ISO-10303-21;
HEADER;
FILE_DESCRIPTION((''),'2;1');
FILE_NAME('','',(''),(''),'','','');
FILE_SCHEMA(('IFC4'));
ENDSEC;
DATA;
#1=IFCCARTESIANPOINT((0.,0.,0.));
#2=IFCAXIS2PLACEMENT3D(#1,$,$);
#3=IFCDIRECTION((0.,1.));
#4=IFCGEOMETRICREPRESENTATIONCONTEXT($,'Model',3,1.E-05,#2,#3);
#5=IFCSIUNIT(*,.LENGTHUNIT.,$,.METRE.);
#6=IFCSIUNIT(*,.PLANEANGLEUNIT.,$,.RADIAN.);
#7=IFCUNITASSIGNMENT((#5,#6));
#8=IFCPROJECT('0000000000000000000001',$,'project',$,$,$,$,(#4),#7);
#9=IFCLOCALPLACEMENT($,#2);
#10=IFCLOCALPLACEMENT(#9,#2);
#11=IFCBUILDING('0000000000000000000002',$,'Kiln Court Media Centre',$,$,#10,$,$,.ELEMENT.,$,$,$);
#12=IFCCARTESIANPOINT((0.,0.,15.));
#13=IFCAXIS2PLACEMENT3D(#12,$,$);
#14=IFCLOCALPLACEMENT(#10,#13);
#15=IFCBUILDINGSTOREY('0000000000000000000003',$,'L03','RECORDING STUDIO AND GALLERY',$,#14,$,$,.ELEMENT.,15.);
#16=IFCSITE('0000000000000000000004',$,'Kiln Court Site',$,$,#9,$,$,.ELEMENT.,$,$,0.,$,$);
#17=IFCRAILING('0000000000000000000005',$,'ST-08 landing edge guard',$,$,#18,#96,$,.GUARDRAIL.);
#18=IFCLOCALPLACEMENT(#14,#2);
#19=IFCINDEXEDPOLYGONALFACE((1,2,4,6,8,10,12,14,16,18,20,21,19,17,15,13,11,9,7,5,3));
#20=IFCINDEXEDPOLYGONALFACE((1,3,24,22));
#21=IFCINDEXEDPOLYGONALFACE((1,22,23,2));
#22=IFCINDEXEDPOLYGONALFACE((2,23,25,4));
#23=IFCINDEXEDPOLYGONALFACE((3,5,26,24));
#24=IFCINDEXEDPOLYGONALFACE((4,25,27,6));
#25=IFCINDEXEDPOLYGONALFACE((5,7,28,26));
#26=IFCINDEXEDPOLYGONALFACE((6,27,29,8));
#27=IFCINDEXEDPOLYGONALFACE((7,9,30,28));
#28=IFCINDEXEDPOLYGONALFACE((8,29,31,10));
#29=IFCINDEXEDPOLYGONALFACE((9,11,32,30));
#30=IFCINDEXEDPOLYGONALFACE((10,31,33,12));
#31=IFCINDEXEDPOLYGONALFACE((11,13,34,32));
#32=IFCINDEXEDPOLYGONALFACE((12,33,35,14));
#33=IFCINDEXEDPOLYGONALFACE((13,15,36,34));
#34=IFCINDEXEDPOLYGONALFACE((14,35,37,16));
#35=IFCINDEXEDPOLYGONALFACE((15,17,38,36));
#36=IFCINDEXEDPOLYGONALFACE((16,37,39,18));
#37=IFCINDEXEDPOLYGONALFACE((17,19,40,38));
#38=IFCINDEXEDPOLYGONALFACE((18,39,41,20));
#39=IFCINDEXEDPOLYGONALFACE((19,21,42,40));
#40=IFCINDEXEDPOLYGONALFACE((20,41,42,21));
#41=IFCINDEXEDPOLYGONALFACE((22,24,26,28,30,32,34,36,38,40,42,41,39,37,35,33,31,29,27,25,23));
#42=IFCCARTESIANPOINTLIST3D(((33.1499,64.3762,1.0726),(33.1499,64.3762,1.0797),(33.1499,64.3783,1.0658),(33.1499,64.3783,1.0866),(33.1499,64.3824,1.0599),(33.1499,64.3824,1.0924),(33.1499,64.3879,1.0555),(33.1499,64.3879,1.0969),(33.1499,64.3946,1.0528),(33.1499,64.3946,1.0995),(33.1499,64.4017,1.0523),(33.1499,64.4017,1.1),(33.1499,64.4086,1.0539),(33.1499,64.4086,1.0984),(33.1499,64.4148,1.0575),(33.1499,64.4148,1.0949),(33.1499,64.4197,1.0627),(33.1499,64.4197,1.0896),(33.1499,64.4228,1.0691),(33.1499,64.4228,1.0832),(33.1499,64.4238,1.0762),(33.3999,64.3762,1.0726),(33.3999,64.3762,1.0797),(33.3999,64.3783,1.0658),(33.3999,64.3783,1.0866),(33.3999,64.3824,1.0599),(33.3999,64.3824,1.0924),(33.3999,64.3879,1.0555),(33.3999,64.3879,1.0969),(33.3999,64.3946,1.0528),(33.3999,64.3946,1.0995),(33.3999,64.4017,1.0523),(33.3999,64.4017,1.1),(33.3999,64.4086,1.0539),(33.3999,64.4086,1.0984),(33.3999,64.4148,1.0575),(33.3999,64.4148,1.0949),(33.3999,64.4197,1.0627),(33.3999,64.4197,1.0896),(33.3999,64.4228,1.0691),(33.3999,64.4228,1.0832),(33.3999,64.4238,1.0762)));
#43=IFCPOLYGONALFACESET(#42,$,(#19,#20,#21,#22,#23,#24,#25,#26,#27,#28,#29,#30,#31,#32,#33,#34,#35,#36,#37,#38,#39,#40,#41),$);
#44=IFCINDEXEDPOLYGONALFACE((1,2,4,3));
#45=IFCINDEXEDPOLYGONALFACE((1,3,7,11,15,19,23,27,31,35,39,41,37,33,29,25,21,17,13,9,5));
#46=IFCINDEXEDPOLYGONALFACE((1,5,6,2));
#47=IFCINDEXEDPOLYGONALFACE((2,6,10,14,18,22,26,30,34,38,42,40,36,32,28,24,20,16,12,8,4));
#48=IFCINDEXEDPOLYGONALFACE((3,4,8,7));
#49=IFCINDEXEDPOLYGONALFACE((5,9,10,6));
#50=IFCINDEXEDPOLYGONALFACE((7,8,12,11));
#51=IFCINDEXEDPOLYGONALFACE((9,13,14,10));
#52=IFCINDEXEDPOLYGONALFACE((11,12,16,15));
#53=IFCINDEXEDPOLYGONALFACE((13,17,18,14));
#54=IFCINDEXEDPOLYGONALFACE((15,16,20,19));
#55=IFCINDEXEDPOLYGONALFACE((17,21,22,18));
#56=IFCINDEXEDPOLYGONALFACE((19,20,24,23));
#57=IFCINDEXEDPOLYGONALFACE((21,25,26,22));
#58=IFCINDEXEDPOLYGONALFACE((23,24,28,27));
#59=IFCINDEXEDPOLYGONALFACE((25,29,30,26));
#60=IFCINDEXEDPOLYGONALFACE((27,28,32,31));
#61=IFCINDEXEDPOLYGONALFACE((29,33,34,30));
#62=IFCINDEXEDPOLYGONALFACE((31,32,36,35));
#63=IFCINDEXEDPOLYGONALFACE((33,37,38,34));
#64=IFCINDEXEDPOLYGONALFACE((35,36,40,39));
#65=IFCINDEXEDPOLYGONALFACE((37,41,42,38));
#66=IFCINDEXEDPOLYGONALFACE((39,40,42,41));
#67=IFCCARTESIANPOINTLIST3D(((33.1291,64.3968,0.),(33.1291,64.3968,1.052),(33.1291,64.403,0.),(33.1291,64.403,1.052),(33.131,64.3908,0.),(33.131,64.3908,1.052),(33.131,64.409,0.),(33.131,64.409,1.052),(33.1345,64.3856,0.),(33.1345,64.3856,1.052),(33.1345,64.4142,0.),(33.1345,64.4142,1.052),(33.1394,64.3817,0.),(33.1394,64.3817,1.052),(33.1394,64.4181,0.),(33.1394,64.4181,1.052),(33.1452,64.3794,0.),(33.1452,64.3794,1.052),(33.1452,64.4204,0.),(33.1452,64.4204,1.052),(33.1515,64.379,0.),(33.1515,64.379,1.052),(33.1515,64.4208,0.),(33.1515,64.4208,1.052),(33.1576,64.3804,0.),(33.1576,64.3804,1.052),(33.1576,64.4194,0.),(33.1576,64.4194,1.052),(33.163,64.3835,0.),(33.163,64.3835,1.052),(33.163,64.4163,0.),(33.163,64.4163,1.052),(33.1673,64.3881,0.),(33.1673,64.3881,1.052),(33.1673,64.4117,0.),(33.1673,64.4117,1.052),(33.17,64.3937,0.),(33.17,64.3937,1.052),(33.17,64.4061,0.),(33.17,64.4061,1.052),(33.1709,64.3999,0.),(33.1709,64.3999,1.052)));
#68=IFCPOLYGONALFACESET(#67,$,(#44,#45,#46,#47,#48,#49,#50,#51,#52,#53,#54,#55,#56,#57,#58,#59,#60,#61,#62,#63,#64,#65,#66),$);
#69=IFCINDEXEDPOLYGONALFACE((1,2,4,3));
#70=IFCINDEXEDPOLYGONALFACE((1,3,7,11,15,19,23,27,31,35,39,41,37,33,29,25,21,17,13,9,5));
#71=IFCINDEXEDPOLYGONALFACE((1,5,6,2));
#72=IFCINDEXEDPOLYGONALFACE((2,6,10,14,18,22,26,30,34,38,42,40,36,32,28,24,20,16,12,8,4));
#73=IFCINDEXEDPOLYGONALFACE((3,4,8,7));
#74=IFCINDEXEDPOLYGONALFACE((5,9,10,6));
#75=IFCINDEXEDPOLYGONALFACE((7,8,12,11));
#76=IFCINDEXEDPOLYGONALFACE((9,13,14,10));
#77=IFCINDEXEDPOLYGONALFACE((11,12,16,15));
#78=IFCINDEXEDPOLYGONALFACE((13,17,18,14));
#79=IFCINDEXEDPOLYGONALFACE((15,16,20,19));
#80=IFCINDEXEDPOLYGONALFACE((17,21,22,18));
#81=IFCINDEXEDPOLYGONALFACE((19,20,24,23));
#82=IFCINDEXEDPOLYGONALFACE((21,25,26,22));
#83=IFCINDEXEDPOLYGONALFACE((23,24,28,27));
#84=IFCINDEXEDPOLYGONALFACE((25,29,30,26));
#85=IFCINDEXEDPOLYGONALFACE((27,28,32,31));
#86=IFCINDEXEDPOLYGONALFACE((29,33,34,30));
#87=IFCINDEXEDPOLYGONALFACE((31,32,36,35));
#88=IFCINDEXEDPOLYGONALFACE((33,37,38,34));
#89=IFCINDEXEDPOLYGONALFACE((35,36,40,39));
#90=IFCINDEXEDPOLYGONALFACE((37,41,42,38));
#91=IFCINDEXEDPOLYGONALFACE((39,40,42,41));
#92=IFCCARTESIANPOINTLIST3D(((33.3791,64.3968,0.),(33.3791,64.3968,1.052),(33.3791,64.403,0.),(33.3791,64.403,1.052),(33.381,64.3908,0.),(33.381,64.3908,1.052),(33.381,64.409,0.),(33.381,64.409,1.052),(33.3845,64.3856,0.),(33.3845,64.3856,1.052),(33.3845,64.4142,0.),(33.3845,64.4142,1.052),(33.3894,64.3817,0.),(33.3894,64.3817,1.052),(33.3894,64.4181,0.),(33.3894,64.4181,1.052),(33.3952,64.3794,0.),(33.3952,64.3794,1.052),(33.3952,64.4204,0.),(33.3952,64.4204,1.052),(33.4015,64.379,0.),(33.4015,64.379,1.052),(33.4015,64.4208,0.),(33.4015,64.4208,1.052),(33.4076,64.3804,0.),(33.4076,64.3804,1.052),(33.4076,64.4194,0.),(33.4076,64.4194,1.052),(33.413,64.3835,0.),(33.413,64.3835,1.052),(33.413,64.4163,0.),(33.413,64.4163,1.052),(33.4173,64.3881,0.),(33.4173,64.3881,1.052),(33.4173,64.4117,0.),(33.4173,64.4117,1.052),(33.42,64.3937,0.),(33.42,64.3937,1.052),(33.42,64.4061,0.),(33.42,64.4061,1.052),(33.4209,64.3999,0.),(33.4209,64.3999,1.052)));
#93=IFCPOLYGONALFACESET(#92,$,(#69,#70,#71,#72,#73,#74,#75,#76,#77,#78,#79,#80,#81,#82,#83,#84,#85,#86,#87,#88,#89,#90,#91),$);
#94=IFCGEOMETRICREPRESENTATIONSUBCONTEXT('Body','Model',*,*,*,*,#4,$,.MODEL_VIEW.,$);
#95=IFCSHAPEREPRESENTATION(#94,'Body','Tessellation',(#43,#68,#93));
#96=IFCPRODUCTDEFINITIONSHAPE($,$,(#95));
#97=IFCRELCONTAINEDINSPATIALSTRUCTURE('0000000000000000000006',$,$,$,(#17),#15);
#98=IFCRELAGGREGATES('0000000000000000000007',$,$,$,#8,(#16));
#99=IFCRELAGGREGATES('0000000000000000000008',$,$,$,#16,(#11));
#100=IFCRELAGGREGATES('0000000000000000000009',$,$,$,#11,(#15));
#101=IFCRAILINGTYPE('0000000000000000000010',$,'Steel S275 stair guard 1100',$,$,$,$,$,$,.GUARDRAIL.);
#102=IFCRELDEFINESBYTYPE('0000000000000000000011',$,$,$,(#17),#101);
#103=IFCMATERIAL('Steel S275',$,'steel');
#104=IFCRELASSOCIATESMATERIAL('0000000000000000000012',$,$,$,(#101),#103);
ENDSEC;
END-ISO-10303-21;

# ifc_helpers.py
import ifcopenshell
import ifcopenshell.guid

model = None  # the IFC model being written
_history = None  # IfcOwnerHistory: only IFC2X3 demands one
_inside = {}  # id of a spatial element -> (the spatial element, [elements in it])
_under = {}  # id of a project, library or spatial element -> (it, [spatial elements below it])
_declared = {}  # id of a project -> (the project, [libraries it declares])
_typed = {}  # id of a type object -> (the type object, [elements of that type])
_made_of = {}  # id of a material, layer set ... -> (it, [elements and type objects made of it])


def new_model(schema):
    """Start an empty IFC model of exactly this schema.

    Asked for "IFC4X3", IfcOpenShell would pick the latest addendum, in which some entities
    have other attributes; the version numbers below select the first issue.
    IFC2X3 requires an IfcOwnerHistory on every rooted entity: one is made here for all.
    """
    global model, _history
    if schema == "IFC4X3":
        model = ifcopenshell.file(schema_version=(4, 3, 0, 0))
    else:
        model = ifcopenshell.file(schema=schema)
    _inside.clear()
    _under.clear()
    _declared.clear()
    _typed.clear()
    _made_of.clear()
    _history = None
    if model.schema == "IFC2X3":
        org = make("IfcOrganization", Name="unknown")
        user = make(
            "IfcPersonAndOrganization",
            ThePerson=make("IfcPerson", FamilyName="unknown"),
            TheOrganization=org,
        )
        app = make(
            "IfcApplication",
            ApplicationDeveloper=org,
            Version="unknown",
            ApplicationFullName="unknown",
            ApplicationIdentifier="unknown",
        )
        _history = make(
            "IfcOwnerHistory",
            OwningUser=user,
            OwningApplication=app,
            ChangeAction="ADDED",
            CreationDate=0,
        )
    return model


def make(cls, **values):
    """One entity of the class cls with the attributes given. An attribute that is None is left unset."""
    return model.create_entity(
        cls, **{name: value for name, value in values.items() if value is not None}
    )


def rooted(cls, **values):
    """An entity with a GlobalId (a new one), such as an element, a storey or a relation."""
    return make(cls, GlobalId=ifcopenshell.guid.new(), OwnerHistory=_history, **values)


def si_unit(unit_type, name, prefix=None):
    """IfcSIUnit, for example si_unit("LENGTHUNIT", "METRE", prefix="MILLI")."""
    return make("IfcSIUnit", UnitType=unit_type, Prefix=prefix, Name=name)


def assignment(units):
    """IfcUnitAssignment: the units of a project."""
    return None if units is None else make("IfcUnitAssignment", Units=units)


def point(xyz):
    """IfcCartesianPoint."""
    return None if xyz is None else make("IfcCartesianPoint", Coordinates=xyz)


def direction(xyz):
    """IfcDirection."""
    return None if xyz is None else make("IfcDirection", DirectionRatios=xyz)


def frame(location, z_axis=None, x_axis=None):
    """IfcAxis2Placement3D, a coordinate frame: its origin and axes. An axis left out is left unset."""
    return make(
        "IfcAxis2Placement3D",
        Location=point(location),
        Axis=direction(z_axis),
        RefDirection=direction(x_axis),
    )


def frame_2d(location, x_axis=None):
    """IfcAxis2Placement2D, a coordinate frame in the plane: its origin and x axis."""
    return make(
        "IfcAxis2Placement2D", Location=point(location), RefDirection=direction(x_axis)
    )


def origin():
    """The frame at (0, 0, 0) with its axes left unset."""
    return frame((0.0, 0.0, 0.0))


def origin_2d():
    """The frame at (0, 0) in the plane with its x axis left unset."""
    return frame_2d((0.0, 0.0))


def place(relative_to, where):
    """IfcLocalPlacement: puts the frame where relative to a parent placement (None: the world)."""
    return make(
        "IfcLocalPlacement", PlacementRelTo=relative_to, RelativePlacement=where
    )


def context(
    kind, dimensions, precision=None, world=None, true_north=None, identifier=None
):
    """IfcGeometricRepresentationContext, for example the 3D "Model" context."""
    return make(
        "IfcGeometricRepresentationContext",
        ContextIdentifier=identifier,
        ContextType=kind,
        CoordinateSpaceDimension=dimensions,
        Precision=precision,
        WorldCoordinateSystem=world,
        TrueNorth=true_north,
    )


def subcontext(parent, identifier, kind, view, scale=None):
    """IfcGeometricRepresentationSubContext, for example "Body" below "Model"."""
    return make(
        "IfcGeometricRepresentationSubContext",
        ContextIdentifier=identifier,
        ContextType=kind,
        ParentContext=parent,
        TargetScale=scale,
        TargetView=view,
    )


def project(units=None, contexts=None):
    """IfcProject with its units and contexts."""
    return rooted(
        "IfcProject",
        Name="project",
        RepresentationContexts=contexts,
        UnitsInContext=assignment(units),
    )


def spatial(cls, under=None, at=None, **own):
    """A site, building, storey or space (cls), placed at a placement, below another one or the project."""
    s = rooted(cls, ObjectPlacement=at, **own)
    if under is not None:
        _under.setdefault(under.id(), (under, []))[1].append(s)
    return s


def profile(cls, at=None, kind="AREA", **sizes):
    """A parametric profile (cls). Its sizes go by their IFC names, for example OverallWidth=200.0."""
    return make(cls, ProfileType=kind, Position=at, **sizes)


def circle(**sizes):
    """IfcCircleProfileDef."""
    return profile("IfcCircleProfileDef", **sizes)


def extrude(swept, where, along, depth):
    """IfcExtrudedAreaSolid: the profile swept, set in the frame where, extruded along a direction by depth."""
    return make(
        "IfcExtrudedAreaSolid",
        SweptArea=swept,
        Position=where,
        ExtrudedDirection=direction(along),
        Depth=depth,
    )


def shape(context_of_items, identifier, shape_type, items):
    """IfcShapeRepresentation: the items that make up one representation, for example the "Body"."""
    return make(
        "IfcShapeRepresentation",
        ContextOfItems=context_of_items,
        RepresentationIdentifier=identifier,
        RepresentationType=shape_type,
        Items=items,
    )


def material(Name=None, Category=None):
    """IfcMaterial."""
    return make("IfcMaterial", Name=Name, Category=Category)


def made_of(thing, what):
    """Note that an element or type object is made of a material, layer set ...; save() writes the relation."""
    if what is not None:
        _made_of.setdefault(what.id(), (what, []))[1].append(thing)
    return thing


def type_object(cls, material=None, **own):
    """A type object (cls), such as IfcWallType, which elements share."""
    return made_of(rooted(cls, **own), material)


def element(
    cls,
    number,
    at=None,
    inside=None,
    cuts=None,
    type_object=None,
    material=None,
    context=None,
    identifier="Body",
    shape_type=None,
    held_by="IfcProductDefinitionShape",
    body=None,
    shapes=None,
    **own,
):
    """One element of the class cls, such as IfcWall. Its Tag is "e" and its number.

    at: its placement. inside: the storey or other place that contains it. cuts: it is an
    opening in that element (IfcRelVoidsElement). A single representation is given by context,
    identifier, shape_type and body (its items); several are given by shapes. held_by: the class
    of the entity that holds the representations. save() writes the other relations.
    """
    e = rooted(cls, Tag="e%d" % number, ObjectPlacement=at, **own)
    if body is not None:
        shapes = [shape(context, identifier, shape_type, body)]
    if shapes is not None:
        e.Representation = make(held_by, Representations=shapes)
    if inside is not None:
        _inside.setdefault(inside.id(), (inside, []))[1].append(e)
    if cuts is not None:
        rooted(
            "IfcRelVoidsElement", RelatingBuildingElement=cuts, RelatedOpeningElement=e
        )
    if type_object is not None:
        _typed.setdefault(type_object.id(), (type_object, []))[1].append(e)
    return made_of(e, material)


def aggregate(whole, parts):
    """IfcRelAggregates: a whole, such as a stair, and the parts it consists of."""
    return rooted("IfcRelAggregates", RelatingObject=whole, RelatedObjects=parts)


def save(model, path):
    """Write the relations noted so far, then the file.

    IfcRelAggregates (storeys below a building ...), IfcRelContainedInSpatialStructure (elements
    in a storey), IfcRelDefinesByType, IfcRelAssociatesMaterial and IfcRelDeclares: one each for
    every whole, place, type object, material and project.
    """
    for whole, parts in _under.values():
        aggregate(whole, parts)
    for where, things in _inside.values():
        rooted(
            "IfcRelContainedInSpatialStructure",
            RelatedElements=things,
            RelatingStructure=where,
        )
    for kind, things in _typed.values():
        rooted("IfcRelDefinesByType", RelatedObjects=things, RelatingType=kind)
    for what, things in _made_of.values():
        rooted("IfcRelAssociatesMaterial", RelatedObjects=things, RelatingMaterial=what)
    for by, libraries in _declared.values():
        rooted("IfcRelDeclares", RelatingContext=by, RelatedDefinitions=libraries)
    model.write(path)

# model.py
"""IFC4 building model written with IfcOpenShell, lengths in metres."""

from ifc_helpers import new_model, si_unit, direction, frame, origin, origin_2d, place, context, subcontext, project, spatial, circle, extrude, material, type_object, element, save


model = new_model("IFC4")

# Units and contexts
model_context = context("Model", 3, precision=1e-05, world=origin(), true_north=direction((0.0, 1.0)))
body_context = subcontext(model_context, "Body", "Model", "MODEL_VIEW")
ifc_project = project(units=[si_unit("LENGTHUNIT", "METRE"), si_unit("PLANEANGLEUNIT", "RADIAN")], contexts=[model_context])

# Site, building, storey
site_placement = place(None, origin())
site = spatial("IfcSite", under=ifc_project, at=site_placement, Name="Kiln Court Site", CompositionType="ELEMENT", RefElevation=0.0)
building_placement = place(site_placement, origin())
building = spatial("IfcBuilding", under=site, at=building_placement, Name="Kiln Court Media Centre", CompositionType="ELEMENT")
storey_placement = place(building_placement, frame((0.0, 0.0, 15.0)))
storey = spatial("IfcBuildingStorey", under=building, at=storey_placement, Name="L03", Description="RECORDING STUDIO AND GALLERY", CompositionType="ELEMENT", Elevation=15.0)

# Railing
ifc_material_1 = material(Name="Steel S275", Category="steel")
railing_type_1 = type_object("IfcRailingType", Name="Steel S275 stair guard 1100", PredefinedType="GUARDRAIL", material=ifc_material_1)
for number, where, name in (
    (1, (33.1499, 64.3999, 0.0), "ST-08 landing edge guard"),
):
    element("IfcRailing", number, at=place(storey_placement, frame(where)), inside=storey, type_object=railing_type_1, Name=name, PredefinedType="GUARDRAIL", context=body_context, shape_type="SweptSolid", body=[
        extrude(circle(Radius=0.0239, at=origin_2d()), frame((0.0, 0.0, 1.0762), z_axis=(1.0, 0.0, 0.0), x_axis=(0.0, 1.0, 0.0)), (0.0, 0.0, 1.0), 0.25),
        extrude(circle(Radius=0.021, at=origin_2d()), origin(), (0.0, 0.0, 1.0), 1.052),
        extrude(circle(Radius=0.021, at=origin_2d()), frame((0.25, 0.0, 0.0)), (0.0, 0.0, 1.0), 1.052),
    ])

save(model, "model.ifc")
